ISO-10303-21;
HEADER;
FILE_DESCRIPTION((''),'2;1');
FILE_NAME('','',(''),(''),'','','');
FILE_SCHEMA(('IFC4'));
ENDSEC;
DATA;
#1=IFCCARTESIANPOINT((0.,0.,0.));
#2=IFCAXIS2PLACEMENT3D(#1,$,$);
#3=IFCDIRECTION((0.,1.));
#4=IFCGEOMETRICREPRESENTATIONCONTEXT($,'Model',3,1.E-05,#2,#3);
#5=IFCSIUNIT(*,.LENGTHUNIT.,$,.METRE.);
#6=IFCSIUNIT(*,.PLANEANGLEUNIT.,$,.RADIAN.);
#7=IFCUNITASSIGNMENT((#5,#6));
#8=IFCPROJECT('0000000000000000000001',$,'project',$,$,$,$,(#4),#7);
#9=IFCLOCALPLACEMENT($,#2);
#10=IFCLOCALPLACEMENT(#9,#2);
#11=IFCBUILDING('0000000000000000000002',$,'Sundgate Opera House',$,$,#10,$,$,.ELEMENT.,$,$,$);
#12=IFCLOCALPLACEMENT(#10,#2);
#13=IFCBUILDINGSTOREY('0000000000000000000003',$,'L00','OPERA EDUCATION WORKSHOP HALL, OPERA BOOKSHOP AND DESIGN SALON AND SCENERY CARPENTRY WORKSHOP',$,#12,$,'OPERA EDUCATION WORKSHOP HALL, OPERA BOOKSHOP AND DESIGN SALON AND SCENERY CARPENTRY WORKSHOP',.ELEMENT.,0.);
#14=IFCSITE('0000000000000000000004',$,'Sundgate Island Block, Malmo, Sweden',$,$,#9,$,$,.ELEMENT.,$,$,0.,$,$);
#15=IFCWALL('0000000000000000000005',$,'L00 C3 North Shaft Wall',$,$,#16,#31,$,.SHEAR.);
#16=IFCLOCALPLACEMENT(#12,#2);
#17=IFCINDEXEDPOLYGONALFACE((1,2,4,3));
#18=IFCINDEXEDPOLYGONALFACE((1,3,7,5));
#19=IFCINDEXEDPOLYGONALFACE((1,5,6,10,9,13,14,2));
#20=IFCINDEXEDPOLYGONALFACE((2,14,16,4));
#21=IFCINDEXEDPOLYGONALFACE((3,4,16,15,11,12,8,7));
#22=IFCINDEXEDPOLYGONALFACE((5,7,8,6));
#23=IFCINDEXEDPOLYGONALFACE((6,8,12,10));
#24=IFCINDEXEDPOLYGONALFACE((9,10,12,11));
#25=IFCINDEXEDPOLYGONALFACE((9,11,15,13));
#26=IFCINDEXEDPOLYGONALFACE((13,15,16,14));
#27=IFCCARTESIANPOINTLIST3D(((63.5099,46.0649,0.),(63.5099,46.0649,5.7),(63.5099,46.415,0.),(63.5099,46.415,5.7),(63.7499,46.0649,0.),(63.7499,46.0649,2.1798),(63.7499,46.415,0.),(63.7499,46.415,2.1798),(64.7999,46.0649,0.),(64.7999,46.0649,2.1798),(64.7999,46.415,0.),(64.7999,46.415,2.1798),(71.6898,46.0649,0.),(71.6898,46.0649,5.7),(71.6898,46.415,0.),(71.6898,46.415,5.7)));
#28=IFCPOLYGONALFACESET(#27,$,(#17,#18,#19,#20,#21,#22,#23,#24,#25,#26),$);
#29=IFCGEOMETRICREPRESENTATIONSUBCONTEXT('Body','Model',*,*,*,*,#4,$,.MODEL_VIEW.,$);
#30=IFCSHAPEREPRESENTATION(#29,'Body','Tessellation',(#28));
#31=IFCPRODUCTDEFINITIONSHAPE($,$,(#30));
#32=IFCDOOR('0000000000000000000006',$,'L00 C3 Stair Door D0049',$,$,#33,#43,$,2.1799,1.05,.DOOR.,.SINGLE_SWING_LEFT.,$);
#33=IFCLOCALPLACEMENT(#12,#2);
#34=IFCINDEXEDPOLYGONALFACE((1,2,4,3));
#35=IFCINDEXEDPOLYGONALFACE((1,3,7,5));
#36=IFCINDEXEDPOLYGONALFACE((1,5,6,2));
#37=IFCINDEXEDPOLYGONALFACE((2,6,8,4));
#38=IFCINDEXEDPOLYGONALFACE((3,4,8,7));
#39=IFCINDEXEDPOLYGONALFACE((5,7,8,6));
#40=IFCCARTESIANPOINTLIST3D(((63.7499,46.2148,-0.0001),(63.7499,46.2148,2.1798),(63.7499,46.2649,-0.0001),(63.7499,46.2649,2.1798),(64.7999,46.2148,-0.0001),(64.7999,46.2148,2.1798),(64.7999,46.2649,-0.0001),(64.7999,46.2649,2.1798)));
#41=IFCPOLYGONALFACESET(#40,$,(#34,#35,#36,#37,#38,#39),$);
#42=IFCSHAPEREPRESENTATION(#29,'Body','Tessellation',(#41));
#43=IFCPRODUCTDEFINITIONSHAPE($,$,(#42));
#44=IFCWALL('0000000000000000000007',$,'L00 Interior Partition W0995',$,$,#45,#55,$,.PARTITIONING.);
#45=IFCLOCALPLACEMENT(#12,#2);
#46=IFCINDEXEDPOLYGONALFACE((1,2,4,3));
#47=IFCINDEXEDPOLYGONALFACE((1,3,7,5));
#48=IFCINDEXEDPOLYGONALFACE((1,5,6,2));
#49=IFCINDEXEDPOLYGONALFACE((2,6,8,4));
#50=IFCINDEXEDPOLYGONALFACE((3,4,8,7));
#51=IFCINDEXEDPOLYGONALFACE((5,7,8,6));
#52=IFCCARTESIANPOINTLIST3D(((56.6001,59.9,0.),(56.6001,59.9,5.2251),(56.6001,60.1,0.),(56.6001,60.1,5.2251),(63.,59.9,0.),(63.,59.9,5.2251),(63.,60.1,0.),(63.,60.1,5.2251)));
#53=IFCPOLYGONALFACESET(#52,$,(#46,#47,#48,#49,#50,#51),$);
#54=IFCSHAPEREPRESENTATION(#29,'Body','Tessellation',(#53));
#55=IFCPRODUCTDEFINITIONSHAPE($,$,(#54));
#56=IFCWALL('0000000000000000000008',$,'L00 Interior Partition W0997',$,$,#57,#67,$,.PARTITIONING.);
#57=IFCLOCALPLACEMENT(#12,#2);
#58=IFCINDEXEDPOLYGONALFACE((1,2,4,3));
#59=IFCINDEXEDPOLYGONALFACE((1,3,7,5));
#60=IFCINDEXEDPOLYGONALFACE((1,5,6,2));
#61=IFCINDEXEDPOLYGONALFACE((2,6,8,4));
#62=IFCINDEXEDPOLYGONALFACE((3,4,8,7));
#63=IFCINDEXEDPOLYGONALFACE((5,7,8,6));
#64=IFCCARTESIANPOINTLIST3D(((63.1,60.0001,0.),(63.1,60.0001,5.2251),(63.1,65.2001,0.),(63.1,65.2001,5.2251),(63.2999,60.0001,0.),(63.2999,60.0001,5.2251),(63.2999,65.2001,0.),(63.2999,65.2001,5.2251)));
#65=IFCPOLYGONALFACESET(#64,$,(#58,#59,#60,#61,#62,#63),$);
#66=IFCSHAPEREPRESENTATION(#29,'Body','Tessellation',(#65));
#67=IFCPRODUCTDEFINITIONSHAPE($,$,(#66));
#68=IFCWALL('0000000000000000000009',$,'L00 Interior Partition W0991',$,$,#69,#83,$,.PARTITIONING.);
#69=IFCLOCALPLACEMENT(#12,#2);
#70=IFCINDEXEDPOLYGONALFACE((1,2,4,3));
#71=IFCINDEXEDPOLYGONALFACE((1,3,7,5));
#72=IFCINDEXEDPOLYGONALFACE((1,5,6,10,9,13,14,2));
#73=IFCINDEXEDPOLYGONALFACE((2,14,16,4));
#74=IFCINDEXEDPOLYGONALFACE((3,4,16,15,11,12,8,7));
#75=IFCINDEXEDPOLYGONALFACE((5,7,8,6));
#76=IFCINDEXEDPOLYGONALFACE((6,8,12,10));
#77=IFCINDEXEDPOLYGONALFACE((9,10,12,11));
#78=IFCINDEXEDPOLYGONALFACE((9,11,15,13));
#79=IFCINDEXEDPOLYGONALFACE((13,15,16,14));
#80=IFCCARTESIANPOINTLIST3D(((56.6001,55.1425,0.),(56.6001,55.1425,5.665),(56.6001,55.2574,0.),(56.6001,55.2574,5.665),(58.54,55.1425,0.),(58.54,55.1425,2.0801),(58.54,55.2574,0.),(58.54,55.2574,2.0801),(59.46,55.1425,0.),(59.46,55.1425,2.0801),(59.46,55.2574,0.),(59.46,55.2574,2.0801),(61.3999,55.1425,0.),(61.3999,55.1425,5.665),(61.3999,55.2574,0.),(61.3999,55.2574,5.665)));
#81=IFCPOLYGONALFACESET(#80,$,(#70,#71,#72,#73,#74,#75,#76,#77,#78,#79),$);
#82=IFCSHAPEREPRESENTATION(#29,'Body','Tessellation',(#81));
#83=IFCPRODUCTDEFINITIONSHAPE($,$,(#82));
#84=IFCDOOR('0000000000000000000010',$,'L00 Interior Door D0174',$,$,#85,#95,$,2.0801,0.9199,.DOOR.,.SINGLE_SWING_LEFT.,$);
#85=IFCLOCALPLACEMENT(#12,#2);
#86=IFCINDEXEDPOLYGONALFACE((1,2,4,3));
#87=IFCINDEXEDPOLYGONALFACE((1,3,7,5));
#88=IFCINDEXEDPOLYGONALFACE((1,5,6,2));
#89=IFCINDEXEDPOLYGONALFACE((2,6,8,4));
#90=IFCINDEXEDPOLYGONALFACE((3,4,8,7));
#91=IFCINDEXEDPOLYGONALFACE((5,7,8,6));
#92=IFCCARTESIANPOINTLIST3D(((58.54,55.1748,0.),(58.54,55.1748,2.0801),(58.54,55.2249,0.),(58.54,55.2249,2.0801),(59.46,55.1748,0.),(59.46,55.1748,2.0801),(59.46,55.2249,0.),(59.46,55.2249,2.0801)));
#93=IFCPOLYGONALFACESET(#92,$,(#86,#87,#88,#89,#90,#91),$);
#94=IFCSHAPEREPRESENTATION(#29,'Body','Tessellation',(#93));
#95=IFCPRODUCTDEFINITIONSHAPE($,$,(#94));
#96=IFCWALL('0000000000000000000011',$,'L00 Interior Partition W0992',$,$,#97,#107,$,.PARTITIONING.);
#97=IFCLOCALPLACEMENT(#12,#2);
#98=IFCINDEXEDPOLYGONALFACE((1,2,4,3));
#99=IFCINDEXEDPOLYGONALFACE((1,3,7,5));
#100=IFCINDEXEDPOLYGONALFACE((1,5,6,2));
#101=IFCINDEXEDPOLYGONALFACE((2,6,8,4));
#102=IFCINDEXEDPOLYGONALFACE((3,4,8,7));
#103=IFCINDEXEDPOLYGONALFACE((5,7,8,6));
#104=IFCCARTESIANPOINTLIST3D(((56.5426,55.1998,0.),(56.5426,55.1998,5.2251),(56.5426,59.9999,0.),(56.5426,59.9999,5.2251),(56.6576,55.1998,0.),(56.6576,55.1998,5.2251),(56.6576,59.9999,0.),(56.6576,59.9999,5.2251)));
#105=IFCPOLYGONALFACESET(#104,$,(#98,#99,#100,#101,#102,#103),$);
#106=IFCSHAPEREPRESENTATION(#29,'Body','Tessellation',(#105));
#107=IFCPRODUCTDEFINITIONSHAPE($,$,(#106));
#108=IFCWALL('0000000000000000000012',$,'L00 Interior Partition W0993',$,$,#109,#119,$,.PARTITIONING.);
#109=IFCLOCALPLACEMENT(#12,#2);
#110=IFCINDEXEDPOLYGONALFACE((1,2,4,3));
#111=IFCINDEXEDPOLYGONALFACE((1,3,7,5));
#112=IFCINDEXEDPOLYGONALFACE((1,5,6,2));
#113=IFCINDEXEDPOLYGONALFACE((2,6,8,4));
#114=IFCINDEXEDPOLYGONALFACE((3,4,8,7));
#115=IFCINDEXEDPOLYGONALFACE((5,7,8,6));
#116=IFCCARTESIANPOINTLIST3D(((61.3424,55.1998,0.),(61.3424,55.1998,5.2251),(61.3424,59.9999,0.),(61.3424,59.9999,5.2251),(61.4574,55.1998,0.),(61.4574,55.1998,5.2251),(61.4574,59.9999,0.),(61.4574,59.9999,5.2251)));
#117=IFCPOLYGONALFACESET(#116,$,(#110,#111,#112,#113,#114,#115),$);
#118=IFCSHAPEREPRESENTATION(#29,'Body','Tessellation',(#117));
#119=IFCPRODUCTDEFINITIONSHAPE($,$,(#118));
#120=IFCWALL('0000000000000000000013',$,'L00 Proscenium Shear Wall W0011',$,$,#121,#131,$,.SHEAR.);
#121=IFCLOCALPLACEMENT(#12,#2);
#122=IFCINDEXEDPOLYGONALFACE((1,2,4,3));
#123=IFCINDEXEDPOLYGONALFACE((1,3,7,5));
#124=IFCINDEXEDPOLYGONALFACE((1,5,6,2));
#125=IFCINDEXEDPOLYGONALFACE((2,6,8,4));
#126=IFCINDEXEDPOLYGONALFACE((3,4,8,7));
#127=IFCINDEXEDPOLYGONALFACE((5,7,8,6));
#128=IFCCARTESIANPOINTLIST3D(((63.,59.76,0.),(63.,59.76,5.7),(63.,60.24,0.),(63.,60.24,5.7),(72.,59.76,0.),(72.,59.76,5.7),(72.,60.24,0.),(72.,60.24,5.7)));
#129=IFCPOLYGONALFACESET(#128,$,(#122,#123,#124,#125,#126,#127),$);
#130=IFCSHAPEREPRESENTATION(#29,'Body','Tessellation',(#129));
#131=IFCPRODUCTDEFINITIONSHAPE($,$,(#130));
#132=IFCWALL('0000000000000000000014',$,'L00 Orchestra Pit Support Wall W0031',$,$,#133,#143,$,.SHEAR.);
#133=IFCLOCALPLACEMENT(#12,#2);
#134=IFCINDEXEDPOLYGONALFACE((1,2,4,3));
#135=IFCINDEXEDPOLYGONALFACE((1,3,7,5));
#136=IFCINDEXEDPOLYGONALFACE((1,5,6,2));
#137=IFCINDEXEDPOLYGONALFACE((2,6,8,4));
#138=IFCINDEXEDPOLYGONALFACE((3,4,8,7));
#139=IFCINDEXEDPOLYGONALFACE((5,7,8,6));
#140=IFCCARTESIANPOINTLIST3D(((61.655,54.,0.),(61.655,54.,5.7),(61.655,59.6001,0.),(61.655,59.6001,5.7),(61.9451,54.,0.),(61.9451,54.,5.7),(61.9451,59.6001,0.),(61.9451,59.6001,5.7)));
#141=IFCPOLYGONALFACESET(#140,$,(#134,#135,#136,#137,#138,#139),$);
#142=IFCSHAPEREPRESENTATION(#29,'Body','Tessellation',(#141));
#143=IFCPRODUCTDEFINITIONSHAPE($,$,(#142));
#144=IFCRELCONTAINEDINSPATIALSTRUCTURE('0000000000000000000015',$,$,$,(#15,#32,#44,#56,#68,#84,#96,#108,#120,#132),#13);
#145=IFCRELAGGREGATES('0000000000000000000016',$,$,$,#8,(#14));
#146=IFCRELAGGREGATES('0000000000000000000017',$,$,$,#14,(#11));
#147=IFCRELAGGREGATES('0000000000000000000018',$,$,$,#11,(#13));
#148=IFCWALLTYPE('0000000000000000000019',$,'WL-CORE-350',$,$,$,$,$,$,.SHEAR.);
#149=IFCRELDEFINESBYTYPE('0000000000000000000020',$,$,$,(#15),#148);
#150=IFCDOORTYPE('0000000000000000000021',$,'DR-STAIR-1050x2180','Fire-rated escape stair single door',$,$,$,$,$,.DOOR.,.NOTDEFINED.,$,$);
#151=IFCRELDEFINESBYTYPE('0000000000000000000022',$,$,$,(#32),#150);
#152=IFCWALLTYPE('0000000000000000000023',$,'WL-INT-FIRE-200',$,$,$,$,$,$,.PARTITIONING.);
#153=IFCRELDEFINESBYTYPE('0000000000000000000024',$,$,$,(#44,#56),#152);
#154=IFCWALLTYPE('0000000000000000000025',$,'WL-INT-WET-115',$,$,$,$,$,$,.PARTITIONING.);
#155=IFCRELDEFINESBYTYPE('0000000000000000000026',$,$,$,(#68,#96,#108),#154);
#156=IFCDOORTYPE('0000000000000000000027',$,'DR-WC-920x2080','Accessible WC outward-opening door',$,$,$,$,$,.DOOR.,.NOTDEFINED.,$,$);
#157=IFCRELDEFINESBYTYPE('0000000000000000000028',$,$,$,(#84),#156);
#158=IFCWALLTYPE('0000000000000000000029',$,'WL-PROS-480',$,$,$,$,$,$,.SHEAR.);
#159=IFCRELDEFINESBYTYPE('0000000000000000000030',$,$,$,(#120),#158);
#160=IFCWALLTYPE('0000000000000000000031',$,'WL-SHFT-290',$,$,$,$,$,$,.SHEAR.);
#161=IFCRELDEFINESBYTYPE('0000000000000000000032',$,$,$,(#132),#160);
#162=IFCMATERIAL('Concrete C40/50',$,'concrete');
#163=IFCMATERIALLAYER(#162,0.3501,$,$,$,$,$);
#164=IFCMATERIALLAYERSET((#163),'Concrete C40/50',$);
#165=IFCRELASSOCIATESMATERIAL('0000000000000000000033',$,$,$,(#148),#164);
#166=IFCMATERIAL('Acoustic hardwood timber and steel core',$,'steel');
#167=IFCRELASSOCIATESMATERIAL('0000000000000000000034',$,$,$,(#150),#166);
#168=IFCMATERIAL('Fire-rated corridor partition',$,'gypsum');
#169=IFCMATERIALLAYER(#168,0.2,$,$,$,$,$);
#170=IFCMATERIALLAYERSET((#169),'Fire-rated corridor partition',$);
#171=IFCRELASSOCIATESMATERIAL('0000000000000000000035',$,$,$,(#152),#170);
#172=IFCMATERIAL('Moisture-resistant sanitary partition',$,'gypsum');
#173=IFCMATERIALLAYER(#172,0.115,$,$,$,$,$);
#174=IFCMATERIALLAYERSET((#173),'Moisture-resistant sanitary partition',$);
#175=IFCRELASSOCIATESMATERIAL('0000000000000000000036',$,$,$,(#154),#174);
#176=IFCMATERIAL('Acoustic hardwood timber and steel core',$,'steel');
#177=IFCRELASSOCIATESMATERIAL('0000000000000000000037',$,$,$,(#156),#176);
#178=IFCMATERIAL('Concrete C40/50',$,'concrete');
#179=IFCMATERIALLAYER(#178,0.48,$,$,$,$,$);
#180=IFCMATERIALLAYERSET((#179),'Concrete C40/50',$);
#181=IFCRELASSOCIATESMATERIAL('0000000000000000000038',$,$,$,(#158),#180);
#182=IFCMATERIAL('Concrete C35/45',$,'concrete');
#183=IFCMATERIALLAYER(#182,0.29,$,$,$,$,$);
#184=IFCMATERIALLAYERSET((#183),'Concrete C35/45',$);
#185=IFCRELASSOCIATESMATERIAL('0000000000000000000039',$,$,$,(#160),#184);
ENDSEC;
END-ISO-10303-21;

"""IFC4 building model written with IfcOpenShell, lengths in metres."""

from ifc_helpers import new_model, si_unit, direction, frame, frame_2d, origin, place, context, subcontext, project, spatial, rectangle, extrude, material, layer, layer_set, type_object, element, fill, save


model = new_model("IFC4")

# Units and contexts
model_context = context("Model", 3, precision=1e-05, world=origin(), true_north=direction((0.0, 1.0)))
body_context = subcontext(model_context, "Body", "Model", "MODEL_VIEW")
ifc_project = project(units=[si_unit("LENGTHUNIT", "METRE"), si_unit("PLANEANGLEUNIT", "RADIAN")], contexts=[model_context])

# Site, building, storey
site_placement = place(None, origin())
site = spatial("IfcSite", under=ifc_project, at=site_placement, Name="Sundgate Island Block, Malmo, Sweden", CompositionType="ELEMENT", RefElevation=0.0)
building_placement = place(site_placement, origin())
building = spatial("IfcBuilding", under=site, at=building_placement, Name="Sundgate Opera House", CompositionType="ELEMENT")
storey_placement = place(building_placement, origin())
storey = spatial("IfcBuildingStorey", under=building, at=storey_placement, Name="L00", Description="OPERA EDUCATION WORKSHOP HALL, OPERA BOOKSHOP AND DESIGN SALON AND SCENERY CARPENTRY WORKSHOP", LongName="OPERA EDUCATION WORKSHOP HALL, OPERA BOOKSHOP AND DESIGN SALON AND SCENERY CARPENTRY WORKSHOP", CompositionType="ELEMENT", Elevation=0.0)

# Wall, opening, door
ifc_material_1 = material(Name="Concrete C40/50", Category="concrete")
ifc_layer_1 = layer(ifc_material_1, 0.3501)
ifc_layer_set_1 = layer_set([ifc_layer_1], Name="Concrete C40/50")
wall_type_1 = type_object("IfcWallType", Name="WL-CORE-350", PredefinedType="SHEAR", material=ifc_layer_set_1)
wall_1_placement = place(storey_placement, frame((63.51, 46.24, 0.0), z_axis=(0.0, 0.0, 1.0), x_axis=(1.0, 0.0, 0.0)))
wall_1 = element("IfcWall", 1, at=wall_1_placement, inside=storey, type_object=wall_type_1, Name="L00 C3 North Shaft Wall", PredefinedType="SHEAR", context=body_context, shape_type="SweptSolid", body=[
    extrude(rectangle(XDim=8.1799, YDim=0.3501, at=frame_2d((4.0898, 0.0))), origin(), (0.0, 0.0, 1.0), 5.7),
])
opening_1_placement = place(wall_1_placement, frame((0.24, 0.0, 0.0)))
opening_1 = element("IfcOpeningElement", 2, at=opening_1_placement, cuts=wall_1, PredefinedType="OPENING", context=body_context, shape_type="SweptSolid", body=[
    extrude(rectangle(XDim=1.05, YDim=2.1799, at=frame_2d((0.5249, 1.0898))), frame((0.0, 0.1851, 0.0), z_axis=(0.0, -1.0, 0.0), x_axis=(1.0, 0.0, 0.0)), (0.0, 0.0, 1.0), 0.3701),
])
ifc_material_2 = material(Name="Acoustic hardwood timber and steel core", Category="steel")
door_type_1 = type_object("IfcDoorType", Name="DR-STAIR-1050x2180", Description="Fire-rated escape stair single door", OperationType="NOTDEFINED", PredefinedType="DOOR", material=ifc_material_2)
door_1_placement = place(opening_1_placement, origin())
door_1 = element("IfcDoor", 3, at=door_1_placement, inside=storey, type_object=door_type_1, Name="L00 C3 Stair Door D0049", OperationType="SINGLE_SWING_LEFT", OverallHeight=2.1799, OverallWidth=1.05, PredefinedType="DOOR", context=body_context, shape_type="SweptSolid", body=[
    extrude(rectangle(XDim=1.05, YDim=2.1799, at=frame_2d((0.5249, 1.0898))), frame((0.0, 0.0249, 0.0), z_axis=(0.0, -1.0, 0.0), x_axis=(1.0, 0.0, 0.0)), (0.0, 0.0, 1.0), 0.05),
])
fill(opening_1, door_1)

# Walls
ifc_material_3 = material(Name="Fire-rated corridor partition", Category="gypsum")
ifc_layer_2 = layer(ifc_material_3, 0.2)
ifc_layer_set_2 = layer_set([ifc_layer_2], Name="Fire-rated corridor partition")
wall_type_2 = type_object("IfcWallType", Name="WL-INT-FIRE-200", PredefinedType="PARTITIONING", material=ifc_layer_set_2)
wall_2_placement = place(storey_placement, frame((56.6001, 60.0, 0.0), z_axis=(0.0, 0.0, 1.0), x_axis=(1.0, 0.0, 0.0)))
element("IfcWall", 4, at=wall_2_placement, inside=storey, type_object=wall_type_2, Name="L00 Interior Partition W0995", PredefinedType="PARTITIONING", context=body_context, shape_type="SweptSolid", body=[
    extrude(rectangle(XDim=6.3999, YDim=0.2, at=frame_2d((3.2, 0.0))), origin(), (0.0, 0.0, 1.0), 5.2251),
])
wall_3_placement = place(storey_placement, frame((63.2, 60.0, 0.0), z_axis=(0.0, 0.0, 1.0), x_axis=(0.0, 1.0, 0.0)))
element("IfcWall", 5, at=wall_3_placement, inside=storey, type_object=wall_type_2, Name="L00 Interior Partition W0997", PredefinedType="PARTITIONING", context=body_context, shape_type="SweptSolid", body=[
    extrude(rectangle(XDim=5.2, YDim=0.2, at=frame_2d((2.6001, 0.0))), origin(), (0.0, 0.0, 1.0), 5.2251),
])

# Wall, opening, door
ifc_material_4 = material(Name="Moisture-resistant sanitary partition", Category="gypsum")
ifc_layer_3 = layer(ifc_material_4, 0.115)
ifc_layer_set_3 = layer_set([ifc_layer_3], Name="Moisture-resistant sanitary partition")
wall_type_3 = type_object("IfcWallType", Name="WL-INT-WET-115", PredefinedType="PARTITIONING", material=ifc_layer_set_3)
wall_4_placement = place(storey_placement, frame((56.6001, 55.2, 0.0), z_axis=(0.0, 0.0, 1.0), x_axis=(1.0, 0.0, 0.0)))
wall_4 = element("IfcWall", 6, at=wall_4_placement, inside=storey, type_object=wall_type_3, Name="L00 Interior Partition W0991", PredefinedType="PARTITIONING", context=body_context, shape_type="SweptSolid", body=[
    extrude(rectangle(XDim=4.7998, YDim=0.115, at=frame_2d((2.3999, 0.0))), origin(), (0.0, 0.0, 1.0), 5.665),
])
opening_2_placement = place(wall_4_placement, frame((1.9399, 0.0, 0.0)))
opening_2 = element("IfcOpeningElement", 7, at=opening_2_placement, cuts=wall_4, PredefinedType="OPENING", context=body_context, shape_type="SweptSolid", body=[
    extrude(rectangle(XDim=0.9199, YDim=2.0801, at=frame_2d((0.46, 1.04))), frame((0.0, 0.0674, 0.0), z_axis=(0.0, -1.0, 0.0), x_axis=(1.0, 0.0, 0.0)), (0.0, 0.0, 1.0), 0.135),
])
ifc_material_5 = material(Name="Acoustic hardwood timber and steel core", Category="steel")
door_type_2 = type_object("IfcDoorType", Name="DR-WC-920x2080", Description="Accessible WC outward-opening door", OperationType="NOTDEFINED", PredefinedType="DOOR", material=ifc_material_5)
door_2_placement = place(opening_2_placement, origin())
door_2 = element("IfcDoor", 8, at=door_2_placement, inside=storey, type_object=door_type_2, Name="L00 Interior Door D0174", OperationType="SINGLE_SWING_LEFT", OverallHeight=2.0801, OverallWidth=0.9199, PredefinedType="DOOR", context=body_context, shape_type="SweptSolid", body=[
    extrude(rectangle(XDim=0.9199, YDim=2.0801, at=frame_2d((0.46, 1.04))), frame((0.0, 0.0249, 0.0), z_axis=(0.0, -1.0, 0.0), x_axis=(1.0, 0.0, 0.0)), (0.0, 0.0, 1.0), 0.05),
])
fill(opening_2, door_2)

# Walls
for number, where, z_axis, x_axis, name in (
    (9, (56.6001, 55.2, 0.0), (0.0, 0.0, 1.0), (0.0, 1.0, 0.0), "L00 Interior Partition W0992"),
    (10, (61.3999, 55.2, 0.0), (0.0, 0.0, 1.0), (0.0, 1.0, 0.0), "L00 Interior Partition W0993"),
):
    element("IfcWall", number, at=place(storey_placement, frame(where, z_axis=z_axis, x_axis=x_axis)), inside=storey, type_object=wall_type_3, Name=name, PredefinedType="PARTITIONING", context=body_context, shape_type="SweptSolid", body=[
        extrude(rectangle(XDim=4.8, YDim=0.115, at=frame_2d((2.3999, 0.0))), origin(), (0.0, 0.0, 1.0), 5.2251),
    ])
ifc_material_6 = material(Name="Concrete C40/50", Category="concrete")
ifc_layer_4 = layer(ifc_material_6, 0.48)
ifc_layer_set_4 = layer_set([ifc_layer_4], Name="Concrete C40/50")
wall_type_4 = type_object("IfcWallType", Name="WL-PROS-480", PredefinedType="SHEAR", material=ifc_layer_set_4)
wall_5_placement = place(storey_placement, frame((63.0, 60.0, 0.0), z_axis=(0.0, 0.0, 1.0), x_axis=(1.0, 0.0, 0.0)))
element("IfcWall", 11, at=wall_5_placement, inside=storey, type_object=wall_type_4, Name="L00 Proscenium Shear Wall W0011", PredefinedType="SHEAR", context=body_context, shape_type="SweptSolid", body=[
    extrude(rectangle(XDim=9.0, YDim=0.48, at=frame_2d((4.5, 0.0))), origin(), (0.0, 0.0, 1.0), 5.7),
])
ifc_material_7 = material(Name="Concrete C35/45", Category="concrete")
ifc_layer_5 = layer(ifc_material_7, 0.29)
ifc_layer_set_5 = layer_set([ifc_layer_5], Name="Concrete C35/45")
wall_type_5 = type_object("IfcWallType", Name="WL-SHFT-290", PredefinedType="SHEAR", material=ifc_layer_set_5)
wall_6_placement = place(storey_placement, frame((61.8, 54.0, 0.0), z_axis=(0.0, 0.0, 1.0), x_axis=(0.0, 1.0, 0.0)))
element("IfcWall", 12, at=wall_6_placement, inside=storey, type_object=wall_type_5, Name="L00 Orchestra Pit Support Wall W0031", PredefinedType="SHEAR", context=body_context, shape_type="SweptSolid", body=[
    extrude(rectangle(XDim=5.6001, YDim=0.29, at=frame_2d((2.8, 0.0))), origin(), (0.0, 0.0, 1.0), 5.7),
])

save(model, "model.ifc")
